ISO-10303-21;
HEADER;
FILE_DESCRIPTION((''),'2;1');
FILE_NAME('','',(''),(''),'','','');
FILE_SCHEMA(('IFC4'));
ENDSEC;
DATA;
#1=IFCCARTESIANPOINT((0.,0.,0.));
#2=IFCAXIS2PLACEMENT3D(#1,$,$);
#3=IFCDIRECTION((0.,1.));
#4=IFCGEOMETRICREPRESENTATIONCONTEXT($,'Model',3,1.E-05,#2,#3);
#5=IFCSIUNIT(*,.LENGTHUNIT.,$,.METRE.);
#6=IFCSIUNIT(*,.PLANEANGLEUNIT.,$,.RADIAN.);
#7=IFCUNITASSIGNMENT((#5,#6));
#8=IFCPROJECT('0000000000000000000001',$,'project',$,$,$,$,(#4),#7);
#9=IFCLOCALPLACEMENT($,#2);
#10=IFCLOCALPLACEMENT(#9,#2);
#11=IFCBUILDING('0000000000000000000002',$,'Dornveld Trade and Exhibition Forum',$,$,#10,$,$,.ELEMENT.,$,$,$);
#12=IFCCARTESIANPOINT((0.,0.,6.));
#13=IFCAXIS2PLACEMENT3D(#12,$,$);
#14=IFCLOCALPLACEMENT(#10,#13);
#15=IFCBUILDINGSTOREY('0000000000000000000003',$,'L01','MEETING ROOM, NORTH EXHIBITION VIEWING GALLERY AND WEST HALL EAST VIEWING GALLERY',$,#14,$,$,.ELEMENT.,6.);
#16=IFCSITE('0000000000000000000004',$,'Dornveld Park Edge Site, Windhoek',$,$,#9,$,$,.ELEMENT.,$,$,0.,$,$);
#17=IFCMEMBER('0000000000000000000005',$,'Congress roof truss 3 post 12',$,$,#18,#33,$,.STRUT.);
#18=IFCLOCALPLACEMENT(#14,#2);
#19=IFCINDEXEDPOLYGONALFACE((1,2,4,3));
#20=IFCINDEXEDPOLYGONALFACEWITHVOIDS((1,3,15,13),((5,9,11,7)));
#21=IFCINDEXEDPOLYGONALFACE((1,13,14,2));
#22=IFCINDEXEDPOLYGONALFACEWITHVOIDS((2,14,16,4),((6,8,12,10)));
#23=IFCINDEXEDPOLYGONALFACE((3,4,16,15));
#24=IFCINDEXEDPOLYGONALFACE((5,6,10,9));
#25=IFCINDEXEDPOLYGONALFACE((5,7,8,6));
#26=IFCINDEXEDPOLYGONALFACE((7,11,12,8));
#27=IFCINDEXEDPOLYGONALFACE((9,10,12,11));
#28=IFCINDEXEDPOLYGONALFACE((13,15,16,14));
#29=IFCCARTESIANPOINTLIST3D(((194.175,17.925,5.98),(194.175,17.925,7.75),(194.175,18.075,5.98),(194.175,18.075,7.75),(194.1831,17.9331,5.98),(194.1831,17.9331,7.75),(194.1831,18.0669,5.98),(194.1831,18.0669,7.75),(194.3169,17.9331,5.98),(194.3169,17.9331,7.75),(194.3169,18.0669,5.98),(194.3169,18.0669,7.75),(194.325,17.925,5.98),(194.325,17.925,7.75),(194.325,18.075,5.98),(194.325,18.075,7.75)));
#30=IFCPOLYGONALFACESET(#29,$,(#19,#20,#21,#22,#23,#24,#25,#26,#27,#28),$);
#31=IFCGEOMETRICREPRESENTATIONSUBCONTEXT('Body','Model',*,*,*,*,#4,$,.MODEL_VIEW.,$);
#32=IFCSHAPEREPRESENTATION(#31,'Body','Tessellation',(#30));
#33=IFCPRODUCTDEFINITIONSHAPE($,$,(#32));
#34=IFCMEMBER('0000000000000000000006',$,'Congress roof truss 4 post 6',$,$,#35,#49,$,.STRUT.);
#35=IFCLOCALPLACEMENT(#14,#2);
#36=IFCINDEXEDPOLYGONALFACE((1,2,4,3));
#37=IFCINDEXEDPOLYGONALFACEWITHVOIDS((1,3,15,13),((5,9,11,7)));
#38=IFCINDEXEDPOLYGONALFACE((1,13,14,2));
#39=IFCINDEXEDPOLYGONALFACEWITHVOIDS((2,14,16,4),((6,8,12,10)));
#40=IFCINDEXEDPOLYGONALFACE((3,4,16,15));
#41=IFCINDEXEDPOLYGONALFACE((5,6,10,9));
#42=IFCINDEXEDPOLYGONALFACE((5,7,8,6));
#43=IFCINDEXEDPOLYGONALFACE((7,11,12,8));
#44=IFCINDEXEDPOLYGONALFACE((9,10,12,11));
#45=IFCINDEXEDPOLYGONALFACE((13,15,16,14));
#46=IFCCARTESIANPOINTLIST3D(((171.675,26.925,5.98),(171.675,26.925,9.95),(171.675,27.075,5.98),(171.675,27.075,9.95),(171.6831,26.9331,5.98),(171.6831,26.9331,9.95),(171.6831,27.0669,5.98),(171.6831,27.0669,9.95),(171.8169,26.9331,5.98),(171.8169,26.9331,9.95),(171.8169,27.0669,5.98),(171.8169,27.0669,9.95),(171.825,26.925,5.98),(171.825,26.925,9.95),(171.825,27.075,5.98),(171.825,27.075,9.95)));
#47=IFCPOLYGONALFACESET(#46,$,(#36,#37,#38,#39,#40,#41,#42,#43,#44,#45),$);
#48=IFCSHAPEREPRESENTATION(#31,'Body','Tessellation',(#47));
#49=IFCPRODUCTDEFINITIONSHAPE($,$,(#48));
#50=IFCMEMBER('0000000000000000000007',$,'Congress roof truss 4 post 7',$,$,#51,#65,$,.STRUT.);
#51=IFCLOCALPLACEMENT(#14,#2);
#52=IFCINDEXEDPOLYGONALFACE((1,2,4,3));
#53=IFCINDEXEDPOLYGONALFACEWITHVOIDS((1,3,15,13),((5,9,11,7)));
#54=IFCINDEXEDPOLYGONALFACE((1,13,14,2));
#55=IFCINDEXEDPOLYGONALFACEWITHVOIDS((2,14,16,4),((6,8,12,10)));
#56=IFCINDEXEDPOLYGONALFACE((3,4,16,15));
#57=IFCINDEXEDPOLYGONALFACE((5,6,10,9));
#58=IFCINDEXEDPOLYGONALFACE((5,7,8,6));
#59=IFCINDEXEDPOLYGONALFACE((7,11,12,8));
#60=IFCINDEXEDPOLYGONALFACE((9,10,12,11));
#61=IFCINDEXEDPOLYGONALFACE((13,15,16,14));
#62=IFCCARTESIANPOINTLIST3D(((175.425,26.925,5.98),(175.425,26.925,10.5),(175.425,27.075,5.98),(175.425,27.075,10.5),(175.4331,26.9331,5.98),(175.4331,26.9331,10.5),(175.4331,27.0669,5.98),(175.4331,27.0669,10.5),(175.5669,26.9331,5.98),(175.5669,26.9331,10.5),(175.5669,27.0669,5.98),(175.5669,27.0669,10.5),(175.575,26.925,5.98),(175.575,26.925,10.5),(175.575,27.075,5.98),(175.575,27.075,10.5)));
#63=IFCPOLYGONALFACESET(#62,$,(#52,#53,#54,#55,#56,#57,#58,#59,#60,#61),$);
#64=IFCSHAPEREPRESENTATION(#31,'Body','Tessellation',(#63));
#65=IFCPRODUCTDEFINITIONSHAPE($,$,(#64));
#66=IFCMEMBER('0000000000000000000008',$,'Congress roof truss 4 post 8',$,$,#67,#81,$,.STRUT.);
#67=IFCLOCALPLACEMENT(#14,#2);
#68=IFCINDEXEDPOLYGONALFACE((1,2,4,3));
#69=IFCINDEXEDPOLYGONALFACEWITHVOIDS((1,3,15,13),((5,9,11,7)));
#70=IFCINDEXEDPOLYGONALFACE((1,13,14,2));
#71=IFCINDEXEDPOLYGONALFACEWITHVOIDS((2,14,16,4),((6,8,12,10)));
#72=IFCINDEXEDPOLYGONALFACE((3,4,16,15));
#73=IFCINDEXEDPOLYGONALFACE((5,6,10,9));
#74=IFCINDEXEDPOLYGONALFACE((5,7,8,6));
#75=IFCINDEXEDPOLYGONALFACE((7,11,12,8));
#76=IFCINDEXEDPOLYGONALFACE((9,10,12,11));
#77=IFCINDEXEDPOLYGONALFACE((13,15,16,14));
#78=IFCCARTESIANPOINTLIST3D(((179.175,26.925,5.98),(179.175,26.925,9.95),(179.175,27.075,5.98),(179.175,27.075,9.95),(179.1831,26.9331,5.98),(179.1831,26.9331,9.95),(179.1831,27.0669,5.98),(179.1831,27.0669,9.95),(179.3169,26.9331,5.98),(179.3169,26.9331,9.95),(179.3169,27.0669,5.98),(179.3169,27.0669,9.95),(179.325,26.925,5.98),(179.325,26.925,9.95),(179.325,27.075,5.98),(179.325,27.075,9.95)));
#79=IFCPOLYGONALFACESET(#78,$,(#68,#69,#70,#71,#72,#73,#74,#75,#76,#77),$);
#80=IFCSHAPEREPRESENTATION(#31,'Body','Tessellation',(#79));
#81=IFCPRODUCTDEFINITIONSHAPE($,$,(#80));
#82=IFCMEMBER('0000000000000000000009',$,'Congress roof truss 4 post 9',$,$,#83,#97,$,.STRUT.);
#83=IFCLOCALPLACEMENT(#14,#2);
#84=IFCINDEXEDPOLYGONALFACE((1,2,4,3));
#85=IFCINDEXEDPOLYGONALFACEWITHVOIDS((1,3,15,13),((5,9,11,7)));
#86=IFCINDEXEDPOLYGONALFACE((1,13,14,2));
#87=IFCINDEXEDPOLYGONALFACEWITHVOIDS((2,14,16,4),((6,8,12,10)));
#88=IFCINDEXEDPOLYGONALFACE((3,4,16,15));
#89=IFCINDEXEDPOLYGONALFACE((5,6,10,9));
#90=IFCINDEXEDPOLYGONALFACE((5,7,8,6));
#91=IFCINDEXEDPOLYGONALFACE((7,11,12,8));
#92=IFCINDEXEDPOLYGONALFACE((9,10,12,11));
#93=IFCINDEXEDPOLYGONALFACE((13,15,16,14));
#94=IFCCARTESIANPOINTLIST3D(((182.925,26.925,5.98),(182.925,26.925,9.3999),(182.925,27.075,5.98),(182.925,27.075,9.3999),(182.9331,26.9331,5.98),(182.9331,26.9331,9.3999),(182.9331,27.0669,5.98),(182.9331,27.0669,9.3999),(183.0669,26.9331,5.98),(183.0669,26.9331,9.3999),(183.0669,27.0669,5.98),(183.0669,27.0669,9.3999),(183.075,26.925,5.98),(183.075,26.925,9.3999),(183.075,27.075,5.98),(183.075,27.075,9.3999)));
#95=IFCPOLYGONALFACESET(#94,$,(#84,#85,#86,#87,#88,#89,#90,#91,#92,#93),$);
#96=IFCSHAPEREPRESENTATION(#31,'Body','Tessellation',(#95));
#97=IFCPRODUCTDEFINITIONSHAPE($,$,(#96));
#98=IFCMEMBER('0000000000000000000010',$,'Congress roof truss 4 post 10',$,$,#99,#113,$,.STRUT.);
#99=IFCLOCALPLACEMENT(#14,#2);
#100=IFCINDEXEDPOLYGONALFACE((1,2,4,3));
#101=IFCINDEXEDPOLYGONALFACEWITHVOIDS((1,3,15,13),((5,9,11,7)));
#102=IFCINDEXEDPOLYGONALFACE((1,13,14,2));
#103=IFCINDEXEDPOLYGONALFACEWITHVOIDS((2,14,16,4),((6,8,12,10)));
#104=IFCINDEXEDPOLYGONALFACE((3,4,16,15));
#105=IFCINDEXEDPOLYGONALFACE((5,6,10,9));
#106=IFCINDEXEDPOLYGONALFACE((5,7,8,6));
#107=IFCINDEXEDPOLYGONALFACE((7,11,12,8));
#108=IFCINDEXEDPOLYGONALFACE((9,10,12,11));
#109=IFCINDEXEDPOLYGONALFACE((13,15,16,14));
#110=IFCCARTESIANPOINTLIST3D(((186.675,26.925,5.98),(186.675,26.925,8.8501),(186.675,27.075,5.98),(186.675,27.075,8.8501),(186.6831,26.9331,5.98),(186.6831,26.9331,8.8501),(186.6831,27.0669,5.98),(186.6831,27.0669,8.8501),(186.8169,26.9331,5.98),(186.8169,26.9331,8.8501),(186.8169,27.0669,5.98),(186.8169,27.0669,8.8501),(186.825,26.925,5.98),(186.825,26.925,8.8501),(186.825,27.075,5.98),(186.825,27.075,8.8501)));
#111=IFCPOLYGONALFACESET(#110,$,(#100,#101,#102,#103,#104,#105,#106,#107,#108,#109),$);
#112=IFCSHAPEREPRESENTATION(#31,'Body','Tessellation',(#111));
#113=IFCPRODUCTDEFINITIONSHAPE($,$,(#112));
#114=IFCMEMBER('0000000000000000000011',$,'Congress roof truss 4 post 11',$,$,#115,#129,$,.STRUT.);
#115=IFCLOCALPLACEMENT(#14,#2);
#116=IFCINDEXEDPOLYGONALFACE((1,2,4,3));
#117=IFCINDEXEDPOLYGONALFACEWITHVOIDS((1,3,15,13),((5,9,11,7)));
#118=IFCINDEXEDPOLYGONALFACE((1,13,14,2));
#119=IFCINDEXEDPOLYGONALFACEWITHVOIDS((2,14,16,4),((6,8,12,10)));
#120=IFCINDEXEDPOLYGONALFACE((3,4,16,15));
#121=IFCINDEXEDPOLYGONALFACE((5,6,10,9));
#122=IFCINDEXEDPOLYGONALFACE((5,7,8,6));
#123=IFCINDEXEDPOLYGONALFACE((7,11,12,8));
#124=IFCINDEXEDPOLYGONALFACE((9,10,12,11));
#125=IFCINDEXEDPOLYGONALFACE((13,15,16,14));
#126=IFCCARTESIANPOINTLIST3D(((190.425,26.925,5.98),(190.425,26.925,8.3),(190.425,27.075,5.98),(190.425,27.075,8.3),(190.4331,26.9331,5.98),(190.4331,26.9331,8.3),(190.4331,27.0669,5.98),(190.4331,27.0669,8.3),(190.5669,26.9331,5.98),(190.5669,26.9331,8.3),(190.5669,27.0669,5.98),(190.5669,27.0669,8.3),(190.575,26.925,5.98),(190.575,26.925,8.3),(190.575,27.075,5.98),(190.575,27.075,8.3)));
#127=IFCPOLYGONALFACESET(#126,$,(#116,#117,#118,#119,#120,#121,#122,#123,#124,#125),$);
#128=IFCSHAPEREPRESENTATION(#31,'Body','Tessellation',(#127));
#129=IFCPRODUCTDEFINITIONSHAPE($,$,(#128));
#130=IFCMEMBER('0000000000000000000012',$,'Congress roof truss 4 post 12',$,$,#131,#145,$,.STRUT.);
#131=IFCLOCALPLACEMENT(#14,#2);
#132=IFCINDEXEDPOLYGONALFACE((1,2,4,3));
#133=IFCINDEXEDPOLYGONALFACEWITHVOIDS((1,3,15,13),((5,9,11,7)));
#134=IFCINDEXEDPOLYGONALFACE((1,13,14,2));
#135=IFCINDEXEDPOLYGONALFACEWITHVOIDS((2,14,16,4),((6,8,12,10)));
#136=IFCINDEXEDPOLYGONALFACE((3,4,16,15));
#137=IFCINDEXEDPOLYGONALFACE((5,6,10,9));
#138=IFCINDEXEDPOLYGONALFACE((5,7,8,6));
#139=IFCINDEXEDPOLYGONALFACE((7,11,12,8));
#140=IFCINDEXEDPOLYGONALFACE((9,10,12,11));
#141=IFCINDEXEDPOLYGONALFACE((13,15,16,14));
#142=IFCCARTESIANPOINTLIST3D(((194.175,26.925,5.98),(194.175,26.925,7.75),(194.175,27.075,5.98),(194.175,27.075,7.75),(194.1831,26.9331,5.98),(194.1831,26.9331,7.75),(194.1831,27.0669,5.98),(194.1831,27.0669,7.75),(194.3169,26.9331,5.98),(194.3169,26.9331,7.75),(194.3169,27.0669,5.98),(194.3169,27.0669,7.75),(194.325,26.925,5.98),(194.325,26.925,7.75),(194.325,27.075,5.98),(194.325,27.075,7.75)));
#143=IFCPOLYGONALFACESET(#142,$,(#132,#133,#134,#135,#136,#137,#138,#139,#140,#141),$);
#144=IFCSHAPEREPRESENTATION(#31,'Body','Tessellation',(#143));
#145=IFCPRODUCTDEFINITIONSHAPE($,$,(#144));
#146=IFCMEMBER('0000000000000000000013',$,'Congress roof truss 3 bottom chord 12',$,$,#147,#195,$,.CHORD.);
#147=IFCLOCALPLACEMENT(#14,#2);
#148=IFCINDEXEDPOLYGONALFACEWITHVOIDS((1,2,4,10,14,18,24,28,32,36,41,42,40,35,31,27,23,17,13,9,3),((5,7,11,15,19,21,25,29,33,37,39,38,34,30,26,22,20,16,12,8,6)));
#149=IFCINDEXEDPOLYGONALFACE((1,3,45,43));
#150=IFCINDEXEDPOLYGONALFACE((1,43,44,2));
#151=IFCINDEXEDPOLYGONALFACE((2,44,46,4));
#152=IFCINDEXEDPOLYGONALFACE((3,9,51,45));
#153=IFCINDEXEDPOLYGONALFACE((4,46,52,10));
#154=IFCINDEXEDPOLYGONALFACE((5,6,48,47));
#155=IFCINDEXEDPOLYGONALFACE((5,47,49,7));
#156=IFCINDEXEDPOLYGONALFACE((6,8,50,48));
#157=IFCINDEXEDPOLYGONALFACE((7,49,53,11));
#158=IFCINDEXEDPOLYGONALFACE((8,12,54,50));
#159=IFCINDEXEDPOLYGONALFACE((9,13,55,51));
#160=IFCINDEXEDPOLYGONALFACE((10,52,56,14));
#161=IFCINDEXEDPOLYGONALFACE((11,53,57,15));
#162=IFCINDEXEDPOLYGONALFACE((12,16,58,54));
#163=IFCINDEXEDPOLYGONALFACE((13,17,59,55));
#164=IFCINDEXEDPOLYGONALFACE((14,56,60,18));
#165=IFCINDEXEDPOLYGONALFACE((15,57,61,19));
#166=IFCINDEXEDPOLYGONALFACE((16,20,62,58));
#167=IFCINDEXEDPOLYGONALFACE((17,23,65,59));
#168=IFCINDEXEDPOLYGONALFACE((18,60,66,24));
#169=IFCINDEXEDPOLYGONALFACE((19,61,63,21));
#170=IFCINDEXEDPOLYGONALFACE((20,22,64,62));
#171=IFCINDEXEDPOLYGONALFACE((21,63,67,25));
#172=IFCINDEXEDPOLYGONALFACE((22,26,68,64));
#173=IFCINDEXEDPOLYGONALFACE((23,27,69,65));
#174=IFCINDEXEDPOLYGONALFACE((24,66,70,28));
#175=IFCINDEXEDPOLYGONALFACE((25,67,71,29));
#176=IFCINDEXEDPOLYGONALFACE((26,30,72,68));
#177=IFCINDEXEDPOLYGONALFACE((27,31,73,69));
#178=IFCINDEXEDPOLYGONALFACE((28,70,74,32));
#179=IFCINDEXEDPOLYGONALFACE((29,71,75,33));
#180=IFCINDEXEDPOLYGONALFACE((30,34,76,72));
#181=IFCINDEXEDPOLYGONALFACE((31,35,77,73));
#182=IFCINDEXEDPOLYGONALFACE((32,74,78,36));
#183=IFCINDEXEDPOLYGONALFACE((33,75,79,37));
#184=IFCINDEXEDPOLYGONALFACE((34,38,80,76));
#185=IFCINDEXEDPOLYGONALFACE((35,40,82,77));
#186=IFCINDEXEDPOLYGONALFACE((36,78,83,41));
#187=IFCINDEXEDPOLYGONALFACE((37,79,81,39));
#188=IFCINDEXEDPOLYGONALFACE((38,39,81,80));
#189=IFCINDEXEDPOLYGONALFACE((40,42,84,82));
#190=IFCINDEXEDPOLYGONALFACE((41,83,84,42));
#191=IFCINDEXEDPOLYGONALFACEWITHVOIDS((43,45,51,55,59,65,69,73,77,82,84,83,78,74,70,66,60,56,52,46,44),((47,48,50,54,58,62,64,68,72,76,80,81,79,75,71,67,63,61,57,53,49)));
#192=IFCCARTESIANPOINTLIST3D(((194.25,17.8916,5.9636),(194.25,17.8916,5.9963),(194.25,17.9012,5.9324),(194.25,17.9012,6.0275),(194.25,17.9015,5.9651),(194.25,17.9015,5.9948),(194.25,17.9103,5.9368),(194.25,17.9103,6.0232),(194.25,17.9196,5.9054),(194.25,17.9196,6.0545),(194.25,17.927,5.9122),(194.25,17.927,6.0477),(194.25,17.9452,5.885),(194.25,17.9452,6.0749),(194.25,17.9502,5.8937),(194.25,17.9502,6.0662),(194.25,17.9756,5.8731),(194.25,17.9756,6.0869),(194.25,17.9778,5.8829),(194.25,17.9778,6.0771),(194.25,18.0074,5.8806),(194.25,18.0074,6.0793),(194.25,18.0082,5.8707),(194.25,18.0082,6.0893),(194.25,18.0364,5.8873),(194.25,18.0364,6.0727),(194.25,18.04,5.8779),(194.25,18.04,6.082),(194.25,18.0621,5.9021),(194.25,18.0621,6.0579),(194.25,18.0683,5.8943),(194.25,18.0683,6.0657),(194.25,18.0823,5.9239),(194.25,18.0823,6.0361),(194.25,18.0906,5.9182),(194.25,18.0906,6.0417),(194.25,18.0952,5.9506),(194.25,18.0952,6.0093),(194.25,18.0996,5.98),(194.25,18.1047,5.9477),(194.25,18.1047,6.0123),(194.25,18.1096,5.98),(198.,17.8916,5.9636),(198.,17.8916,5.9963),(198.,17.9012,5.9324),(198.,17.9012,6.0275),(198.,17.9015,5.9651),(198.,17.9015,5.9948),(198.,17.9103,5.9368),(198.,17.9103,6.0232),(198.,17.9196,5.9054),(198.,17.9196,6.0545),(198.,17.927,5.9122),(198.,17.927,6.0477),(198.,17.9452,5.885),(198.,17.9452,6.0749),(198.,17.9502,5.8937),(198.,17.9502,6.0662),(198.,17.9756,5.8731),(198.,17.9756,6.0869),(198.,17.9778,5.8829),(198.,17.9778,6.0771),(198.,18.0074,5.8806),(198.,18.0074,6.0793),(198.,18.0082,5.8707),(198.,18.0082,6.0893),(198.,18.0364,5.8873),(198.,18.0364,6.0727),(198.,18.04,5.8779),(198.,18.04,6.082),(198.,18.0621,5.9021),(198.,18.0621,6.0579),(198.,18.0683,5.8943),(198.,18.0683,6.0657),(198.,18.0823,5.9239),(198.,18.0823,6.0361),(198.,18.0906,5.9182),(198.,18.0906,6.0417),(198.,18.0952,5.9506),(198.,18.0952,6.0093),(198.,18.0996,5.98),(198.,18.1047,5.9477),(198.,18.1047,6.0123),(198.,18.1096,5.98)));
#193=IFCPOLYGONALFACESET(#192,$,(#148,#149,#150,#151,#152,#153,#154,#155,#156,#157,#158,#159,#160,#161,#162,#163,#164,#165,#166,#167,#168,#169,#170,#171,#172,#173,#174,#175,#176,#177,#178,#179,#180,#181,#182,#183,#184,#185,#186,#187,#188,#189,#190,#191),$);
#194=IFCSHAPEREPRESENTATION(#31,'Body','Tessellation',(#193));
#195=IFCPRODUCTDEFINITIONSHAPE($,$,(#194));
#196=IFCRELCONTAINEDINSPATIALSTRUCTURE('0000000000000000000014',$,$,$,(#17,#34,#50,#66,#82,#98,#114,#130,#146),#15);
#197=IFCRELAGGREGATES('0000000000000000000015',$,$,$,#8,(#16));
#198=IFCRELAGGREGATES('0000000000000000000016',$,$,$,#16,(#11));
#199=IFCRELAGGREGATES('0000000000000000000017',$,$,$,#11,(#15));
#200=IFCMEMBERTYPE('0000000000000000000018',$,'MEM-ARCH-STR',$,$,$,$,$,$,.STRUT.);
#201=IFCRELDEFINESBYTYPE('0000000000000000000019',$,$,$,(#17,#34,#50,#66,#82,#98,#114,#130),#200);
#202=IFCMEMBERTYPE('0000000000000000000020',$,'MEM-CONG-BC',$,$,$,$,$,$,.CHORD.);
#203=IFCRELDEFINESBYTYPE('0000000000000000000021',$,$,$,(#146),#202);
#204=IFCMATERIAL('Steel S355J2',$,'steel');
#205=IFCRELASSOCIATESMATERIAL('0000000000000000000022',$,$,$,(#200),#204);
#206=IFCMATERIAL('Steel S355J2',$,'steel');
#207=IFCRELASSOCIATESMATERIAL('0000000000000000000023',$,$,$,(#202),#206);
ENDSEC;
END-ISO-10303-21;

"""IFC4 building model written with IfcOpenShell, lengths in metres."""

from ifc_helpers import new_model, si_unit, direction, frame, origin, origin_2d, place, context, subcontext, project, spatial, hollow_rectangle, hollow_circle, extrude, material, material_profile, profile_set, type_object, element, save


model = new_model("IFC4")

# Units and contexts
model_context = context("Model", 3, precision=1e-05, world=origin(), true_north=direction((0.0, 1.0)))
body_context = subcontext(model_context, "Body", "Model", "MODEL_VIEW")
ifc_project = project(units=[si_unit("LENGTHUNIT", "METRE"), si_unit("PLANEANGLEUNIT", "RADIAN")], contexts=[model_context])

# Site, building, storey
site_placement = place(None, origin())
site = spatial("IfcSite", under=ifc_project, at=site_placement, Name="Dornveld Park Edge Site, Windhoek", CompositionType="ELEMENT", RefElevation=0.0)
building_placement = place(site_placement, origin())
building = spatial("IfcBuilding", under=site, at=building_placement, Name="Dornveld Trade and Exhibition Forum", CompositionType="ELEMENT")
storey_placement = place(building_placement, frame((0.0, 0.0, 6.0)))
storey = spatial("IfcBuildingStorey", under=building, at=storey_placement, Name="L01", Description="MEETING ROOM, NORTH EXHIBITION VIEWING GALLERY AND WEST HALL EAST VIEWING GALLERY", CompositionType="ELEMENT", Elevation=6.0)

# Members
ifc_material_1 = material(Name="Steel S355J2", Category="steel")
ifc_material_profile_1 = material_profile(ifc_material_1, hollow_rectangle(XDim=0.1499, YDim=0.1499, WallThickness=0.0081, at=origin_2d()), Name="SHS 150x150x8")
ifc_profile_set_1 = profile_set([ifc_material_profile_1], Name="Steel S355J2")
member_type_1 = type_object("IfcMemberType", Name="MEM-ARCH-STR", PredefinedType="STRUT", material=ifc_profile_set_1)
member_1_placement = place(storey_placement, frame((194.25, 18.0, 5.98), z_axis=(0.0, 0.0, 1.0), x_axis=(1.0, 0.0, 0.0)))
element("IfcMember", 1, at=member_1_placement, inside=storey, type_object=member_type_1, Name="Congress roof truss 3 post 12", PredefinedType="STRUT", context=body_context, shape_type="SweptSolid", body=[
    extrude(hollow_rectangle(XDim=0.1499, YDim=0.1499, WallThickness=0.0081, at=origin_2d()), origin(), (0.0, 0.0, 1.0), 1.77),
])
member_2_placement = place(storey_placement, frame((171.75, 27.0, 5.98), z_axis=(0.0, 0.0, 1.0), x_axis=(1.0, 0.0, 0.0)))
element("IfcMember", 2, at=member_2_placement, inside=storey, type_object=member_type_1, Name="Congress roof truss 4 post 6", PredefinedType="STRUT", context=body_context, shape_type="SweptSolid", body=[
    extrude(hollow_rectangle(XDim=0.1499, YDim=0.1499, WallThickness=0.0081, at=origin_2d()), origin(), (0.0, 0.0, 1.0), 3.97),
])
member_3_placement = place(storey_placement, frame((175.5, 27.0, 5.98), z_axis=(0.0, 0.0, 1.0), x_axis=(1.0, 0.0, 0.0)))
element("IfcMember", 3, at=member_3_placement, inside=storey, type_object=member_type_1, Name="Congress roof truss 4 post 7", PredefinedType="STRUT", context=body_context, shape_type="SweptSolid", body=[
    extrude(hollow_rectangle(XDim=0.1499, YDim=0.1499, WallThickness=0.0081, at=origin_2d()), origin(), (0.0, 0.0, 1.0), 4.52),
])
member_4_placement = place(storey_placement, frame((179.25, 27.0, 5.98), z_axis=(0.0, 0.0, 1.0), x_axis=(1.0, 0.0, 0.0)))
element("IfcMember", 4, at=member_4_placement, inside=storey, type_object=member_type_1, Name="Congress roof truss 4 post 8", PredefinedType="STRUT", context=body_context, shape_type="SweptSolid", body=[
    extrude(hollow_rectangle(XDim=0.1499, YDim=0.1499, WallThickness=0.0081, at=origin_2d()), origin(), (0.0, 0.0, 1.0), 3.97),
])
member_5_placement = place(storey_placement, frame((183.0, 27.0, 5.98), z_axis=(0.0, 0.0, 1.0), x_axis=(1.0, 0.0, 0.0)))
element("IfcMember", 5, at=member_5_placement, inside=storey, type_object=member_type_1, Name="Congress roof truss 4 post 9", PredefinedType="STRUT", context=body_context, shape_type="SweptSolid", body=[
    extrude(hollow_rectangle(XDim=0.1499, YDim=0.1499, WallThickness=0.0081, at=origin_2d()), origin(), (0.0, 0.0, 1.0), 3.4199),
])
member_6_placement = place(storey_placement, frame((186.75, 27.0, 5.98), z_axis=(0.0, 0.0, 1.0), x_axis=(1.0, 0.0, 0.0)))
element("IfcMember", 6, at=member_6_placement, inside=storey, type_object=member_type_1, Name="Congress roof truss 4 post 10", PredefinedType="STRUT", context=body_context, shape_type="SweptSolid", body=[
    extrude(hollow_rectangle(XDim=0.1499, YDim=0.1499, WallThickness=0.0081, at=origin_2d()), origin(), (0.0, 0.0, 1.0), 2.8701),
])
member_7_placement = place(storey_placement, frame((190.5, 27.0, 5.98), z_axis=(0.0, 0.0, 1.0), x_axis=(1.0, 0.0, 0.0)))
element("IfcMember", 7, at=member_7_placement, inside=storey, type_object=member_type_1, Name="Congress roof truss 4 post 11", PredefinedType="STRUT", context=body_context, shape_type="SweptSolid", body=[
    extrude(hollow_rectangle(XDim=0.1499, YDim=0.1499, WallThickness=0.0081, at=origin_2d()), origin(), (0.0, 0.0, 1.0), 2.3201),
])
member_8_placement = place(storey_placement, frame((194.25, 27.0, 5.98), z_axis=(0.0, 0.0, 1.0), x_axis=(1.0, 0.0, 0.0)))
element("IfcMember", 8, at=member_8_placement, inside=storey, type_object=member_type_1, Name="Congress roof truss 4 post 12", PredefinedType="STRUT", context=body_context, shape_type="SweptSolid", body=[
    extrude(hollow_rectangle(XDim=0.1499, YDim=0.1499, WallThickness=0.0081, at=origin_2d()), origin(), (0.0, 0.0, 1.0), 1.77),
])
ifc_material_2 = material(Name="Steel S355J2", Category="steel")
ifc_material_profile_2 = material_profile(ifc_material_2, hollow_circle(Radius=0.1096, WallThickness=0.01, at=origin_2d()), Name="CHS 219.1x10")
ifc_profile_set_2 = profile_set([ifc_material_profile_2], Name="Steel S355J2")
member_type_2 = type_object("IfcMemberType", Name="MEM-CONG-BC", PredefinedType="CHORD", material=ifc_profile_set_2)
for number, where, z_axis, x_axis, name in (
    (9, (194.25, 18.0, 5.98), (1.0, 0.0, 0.0), (0.0, 1.0, 0.0), "Congress roof truss 3 bottom chord 12"),
):
    element("IfcMember", number, at=place(storey_placement, frame(where, z_axis=z_axis, x_axis=x_axis)), inside=storey, type_object=member_type_2, Name=name, PredefinedType="CHORD", context=body_context, shape_type="SweptSolid", body=[
        extrude(hollow_circle(Radius=0.1096, WallThickness=0.01, at=origin_2d()), origin(), (0.0, 0.0, 1.0), 3.75),
    ])

save(model, "model.ifc")
